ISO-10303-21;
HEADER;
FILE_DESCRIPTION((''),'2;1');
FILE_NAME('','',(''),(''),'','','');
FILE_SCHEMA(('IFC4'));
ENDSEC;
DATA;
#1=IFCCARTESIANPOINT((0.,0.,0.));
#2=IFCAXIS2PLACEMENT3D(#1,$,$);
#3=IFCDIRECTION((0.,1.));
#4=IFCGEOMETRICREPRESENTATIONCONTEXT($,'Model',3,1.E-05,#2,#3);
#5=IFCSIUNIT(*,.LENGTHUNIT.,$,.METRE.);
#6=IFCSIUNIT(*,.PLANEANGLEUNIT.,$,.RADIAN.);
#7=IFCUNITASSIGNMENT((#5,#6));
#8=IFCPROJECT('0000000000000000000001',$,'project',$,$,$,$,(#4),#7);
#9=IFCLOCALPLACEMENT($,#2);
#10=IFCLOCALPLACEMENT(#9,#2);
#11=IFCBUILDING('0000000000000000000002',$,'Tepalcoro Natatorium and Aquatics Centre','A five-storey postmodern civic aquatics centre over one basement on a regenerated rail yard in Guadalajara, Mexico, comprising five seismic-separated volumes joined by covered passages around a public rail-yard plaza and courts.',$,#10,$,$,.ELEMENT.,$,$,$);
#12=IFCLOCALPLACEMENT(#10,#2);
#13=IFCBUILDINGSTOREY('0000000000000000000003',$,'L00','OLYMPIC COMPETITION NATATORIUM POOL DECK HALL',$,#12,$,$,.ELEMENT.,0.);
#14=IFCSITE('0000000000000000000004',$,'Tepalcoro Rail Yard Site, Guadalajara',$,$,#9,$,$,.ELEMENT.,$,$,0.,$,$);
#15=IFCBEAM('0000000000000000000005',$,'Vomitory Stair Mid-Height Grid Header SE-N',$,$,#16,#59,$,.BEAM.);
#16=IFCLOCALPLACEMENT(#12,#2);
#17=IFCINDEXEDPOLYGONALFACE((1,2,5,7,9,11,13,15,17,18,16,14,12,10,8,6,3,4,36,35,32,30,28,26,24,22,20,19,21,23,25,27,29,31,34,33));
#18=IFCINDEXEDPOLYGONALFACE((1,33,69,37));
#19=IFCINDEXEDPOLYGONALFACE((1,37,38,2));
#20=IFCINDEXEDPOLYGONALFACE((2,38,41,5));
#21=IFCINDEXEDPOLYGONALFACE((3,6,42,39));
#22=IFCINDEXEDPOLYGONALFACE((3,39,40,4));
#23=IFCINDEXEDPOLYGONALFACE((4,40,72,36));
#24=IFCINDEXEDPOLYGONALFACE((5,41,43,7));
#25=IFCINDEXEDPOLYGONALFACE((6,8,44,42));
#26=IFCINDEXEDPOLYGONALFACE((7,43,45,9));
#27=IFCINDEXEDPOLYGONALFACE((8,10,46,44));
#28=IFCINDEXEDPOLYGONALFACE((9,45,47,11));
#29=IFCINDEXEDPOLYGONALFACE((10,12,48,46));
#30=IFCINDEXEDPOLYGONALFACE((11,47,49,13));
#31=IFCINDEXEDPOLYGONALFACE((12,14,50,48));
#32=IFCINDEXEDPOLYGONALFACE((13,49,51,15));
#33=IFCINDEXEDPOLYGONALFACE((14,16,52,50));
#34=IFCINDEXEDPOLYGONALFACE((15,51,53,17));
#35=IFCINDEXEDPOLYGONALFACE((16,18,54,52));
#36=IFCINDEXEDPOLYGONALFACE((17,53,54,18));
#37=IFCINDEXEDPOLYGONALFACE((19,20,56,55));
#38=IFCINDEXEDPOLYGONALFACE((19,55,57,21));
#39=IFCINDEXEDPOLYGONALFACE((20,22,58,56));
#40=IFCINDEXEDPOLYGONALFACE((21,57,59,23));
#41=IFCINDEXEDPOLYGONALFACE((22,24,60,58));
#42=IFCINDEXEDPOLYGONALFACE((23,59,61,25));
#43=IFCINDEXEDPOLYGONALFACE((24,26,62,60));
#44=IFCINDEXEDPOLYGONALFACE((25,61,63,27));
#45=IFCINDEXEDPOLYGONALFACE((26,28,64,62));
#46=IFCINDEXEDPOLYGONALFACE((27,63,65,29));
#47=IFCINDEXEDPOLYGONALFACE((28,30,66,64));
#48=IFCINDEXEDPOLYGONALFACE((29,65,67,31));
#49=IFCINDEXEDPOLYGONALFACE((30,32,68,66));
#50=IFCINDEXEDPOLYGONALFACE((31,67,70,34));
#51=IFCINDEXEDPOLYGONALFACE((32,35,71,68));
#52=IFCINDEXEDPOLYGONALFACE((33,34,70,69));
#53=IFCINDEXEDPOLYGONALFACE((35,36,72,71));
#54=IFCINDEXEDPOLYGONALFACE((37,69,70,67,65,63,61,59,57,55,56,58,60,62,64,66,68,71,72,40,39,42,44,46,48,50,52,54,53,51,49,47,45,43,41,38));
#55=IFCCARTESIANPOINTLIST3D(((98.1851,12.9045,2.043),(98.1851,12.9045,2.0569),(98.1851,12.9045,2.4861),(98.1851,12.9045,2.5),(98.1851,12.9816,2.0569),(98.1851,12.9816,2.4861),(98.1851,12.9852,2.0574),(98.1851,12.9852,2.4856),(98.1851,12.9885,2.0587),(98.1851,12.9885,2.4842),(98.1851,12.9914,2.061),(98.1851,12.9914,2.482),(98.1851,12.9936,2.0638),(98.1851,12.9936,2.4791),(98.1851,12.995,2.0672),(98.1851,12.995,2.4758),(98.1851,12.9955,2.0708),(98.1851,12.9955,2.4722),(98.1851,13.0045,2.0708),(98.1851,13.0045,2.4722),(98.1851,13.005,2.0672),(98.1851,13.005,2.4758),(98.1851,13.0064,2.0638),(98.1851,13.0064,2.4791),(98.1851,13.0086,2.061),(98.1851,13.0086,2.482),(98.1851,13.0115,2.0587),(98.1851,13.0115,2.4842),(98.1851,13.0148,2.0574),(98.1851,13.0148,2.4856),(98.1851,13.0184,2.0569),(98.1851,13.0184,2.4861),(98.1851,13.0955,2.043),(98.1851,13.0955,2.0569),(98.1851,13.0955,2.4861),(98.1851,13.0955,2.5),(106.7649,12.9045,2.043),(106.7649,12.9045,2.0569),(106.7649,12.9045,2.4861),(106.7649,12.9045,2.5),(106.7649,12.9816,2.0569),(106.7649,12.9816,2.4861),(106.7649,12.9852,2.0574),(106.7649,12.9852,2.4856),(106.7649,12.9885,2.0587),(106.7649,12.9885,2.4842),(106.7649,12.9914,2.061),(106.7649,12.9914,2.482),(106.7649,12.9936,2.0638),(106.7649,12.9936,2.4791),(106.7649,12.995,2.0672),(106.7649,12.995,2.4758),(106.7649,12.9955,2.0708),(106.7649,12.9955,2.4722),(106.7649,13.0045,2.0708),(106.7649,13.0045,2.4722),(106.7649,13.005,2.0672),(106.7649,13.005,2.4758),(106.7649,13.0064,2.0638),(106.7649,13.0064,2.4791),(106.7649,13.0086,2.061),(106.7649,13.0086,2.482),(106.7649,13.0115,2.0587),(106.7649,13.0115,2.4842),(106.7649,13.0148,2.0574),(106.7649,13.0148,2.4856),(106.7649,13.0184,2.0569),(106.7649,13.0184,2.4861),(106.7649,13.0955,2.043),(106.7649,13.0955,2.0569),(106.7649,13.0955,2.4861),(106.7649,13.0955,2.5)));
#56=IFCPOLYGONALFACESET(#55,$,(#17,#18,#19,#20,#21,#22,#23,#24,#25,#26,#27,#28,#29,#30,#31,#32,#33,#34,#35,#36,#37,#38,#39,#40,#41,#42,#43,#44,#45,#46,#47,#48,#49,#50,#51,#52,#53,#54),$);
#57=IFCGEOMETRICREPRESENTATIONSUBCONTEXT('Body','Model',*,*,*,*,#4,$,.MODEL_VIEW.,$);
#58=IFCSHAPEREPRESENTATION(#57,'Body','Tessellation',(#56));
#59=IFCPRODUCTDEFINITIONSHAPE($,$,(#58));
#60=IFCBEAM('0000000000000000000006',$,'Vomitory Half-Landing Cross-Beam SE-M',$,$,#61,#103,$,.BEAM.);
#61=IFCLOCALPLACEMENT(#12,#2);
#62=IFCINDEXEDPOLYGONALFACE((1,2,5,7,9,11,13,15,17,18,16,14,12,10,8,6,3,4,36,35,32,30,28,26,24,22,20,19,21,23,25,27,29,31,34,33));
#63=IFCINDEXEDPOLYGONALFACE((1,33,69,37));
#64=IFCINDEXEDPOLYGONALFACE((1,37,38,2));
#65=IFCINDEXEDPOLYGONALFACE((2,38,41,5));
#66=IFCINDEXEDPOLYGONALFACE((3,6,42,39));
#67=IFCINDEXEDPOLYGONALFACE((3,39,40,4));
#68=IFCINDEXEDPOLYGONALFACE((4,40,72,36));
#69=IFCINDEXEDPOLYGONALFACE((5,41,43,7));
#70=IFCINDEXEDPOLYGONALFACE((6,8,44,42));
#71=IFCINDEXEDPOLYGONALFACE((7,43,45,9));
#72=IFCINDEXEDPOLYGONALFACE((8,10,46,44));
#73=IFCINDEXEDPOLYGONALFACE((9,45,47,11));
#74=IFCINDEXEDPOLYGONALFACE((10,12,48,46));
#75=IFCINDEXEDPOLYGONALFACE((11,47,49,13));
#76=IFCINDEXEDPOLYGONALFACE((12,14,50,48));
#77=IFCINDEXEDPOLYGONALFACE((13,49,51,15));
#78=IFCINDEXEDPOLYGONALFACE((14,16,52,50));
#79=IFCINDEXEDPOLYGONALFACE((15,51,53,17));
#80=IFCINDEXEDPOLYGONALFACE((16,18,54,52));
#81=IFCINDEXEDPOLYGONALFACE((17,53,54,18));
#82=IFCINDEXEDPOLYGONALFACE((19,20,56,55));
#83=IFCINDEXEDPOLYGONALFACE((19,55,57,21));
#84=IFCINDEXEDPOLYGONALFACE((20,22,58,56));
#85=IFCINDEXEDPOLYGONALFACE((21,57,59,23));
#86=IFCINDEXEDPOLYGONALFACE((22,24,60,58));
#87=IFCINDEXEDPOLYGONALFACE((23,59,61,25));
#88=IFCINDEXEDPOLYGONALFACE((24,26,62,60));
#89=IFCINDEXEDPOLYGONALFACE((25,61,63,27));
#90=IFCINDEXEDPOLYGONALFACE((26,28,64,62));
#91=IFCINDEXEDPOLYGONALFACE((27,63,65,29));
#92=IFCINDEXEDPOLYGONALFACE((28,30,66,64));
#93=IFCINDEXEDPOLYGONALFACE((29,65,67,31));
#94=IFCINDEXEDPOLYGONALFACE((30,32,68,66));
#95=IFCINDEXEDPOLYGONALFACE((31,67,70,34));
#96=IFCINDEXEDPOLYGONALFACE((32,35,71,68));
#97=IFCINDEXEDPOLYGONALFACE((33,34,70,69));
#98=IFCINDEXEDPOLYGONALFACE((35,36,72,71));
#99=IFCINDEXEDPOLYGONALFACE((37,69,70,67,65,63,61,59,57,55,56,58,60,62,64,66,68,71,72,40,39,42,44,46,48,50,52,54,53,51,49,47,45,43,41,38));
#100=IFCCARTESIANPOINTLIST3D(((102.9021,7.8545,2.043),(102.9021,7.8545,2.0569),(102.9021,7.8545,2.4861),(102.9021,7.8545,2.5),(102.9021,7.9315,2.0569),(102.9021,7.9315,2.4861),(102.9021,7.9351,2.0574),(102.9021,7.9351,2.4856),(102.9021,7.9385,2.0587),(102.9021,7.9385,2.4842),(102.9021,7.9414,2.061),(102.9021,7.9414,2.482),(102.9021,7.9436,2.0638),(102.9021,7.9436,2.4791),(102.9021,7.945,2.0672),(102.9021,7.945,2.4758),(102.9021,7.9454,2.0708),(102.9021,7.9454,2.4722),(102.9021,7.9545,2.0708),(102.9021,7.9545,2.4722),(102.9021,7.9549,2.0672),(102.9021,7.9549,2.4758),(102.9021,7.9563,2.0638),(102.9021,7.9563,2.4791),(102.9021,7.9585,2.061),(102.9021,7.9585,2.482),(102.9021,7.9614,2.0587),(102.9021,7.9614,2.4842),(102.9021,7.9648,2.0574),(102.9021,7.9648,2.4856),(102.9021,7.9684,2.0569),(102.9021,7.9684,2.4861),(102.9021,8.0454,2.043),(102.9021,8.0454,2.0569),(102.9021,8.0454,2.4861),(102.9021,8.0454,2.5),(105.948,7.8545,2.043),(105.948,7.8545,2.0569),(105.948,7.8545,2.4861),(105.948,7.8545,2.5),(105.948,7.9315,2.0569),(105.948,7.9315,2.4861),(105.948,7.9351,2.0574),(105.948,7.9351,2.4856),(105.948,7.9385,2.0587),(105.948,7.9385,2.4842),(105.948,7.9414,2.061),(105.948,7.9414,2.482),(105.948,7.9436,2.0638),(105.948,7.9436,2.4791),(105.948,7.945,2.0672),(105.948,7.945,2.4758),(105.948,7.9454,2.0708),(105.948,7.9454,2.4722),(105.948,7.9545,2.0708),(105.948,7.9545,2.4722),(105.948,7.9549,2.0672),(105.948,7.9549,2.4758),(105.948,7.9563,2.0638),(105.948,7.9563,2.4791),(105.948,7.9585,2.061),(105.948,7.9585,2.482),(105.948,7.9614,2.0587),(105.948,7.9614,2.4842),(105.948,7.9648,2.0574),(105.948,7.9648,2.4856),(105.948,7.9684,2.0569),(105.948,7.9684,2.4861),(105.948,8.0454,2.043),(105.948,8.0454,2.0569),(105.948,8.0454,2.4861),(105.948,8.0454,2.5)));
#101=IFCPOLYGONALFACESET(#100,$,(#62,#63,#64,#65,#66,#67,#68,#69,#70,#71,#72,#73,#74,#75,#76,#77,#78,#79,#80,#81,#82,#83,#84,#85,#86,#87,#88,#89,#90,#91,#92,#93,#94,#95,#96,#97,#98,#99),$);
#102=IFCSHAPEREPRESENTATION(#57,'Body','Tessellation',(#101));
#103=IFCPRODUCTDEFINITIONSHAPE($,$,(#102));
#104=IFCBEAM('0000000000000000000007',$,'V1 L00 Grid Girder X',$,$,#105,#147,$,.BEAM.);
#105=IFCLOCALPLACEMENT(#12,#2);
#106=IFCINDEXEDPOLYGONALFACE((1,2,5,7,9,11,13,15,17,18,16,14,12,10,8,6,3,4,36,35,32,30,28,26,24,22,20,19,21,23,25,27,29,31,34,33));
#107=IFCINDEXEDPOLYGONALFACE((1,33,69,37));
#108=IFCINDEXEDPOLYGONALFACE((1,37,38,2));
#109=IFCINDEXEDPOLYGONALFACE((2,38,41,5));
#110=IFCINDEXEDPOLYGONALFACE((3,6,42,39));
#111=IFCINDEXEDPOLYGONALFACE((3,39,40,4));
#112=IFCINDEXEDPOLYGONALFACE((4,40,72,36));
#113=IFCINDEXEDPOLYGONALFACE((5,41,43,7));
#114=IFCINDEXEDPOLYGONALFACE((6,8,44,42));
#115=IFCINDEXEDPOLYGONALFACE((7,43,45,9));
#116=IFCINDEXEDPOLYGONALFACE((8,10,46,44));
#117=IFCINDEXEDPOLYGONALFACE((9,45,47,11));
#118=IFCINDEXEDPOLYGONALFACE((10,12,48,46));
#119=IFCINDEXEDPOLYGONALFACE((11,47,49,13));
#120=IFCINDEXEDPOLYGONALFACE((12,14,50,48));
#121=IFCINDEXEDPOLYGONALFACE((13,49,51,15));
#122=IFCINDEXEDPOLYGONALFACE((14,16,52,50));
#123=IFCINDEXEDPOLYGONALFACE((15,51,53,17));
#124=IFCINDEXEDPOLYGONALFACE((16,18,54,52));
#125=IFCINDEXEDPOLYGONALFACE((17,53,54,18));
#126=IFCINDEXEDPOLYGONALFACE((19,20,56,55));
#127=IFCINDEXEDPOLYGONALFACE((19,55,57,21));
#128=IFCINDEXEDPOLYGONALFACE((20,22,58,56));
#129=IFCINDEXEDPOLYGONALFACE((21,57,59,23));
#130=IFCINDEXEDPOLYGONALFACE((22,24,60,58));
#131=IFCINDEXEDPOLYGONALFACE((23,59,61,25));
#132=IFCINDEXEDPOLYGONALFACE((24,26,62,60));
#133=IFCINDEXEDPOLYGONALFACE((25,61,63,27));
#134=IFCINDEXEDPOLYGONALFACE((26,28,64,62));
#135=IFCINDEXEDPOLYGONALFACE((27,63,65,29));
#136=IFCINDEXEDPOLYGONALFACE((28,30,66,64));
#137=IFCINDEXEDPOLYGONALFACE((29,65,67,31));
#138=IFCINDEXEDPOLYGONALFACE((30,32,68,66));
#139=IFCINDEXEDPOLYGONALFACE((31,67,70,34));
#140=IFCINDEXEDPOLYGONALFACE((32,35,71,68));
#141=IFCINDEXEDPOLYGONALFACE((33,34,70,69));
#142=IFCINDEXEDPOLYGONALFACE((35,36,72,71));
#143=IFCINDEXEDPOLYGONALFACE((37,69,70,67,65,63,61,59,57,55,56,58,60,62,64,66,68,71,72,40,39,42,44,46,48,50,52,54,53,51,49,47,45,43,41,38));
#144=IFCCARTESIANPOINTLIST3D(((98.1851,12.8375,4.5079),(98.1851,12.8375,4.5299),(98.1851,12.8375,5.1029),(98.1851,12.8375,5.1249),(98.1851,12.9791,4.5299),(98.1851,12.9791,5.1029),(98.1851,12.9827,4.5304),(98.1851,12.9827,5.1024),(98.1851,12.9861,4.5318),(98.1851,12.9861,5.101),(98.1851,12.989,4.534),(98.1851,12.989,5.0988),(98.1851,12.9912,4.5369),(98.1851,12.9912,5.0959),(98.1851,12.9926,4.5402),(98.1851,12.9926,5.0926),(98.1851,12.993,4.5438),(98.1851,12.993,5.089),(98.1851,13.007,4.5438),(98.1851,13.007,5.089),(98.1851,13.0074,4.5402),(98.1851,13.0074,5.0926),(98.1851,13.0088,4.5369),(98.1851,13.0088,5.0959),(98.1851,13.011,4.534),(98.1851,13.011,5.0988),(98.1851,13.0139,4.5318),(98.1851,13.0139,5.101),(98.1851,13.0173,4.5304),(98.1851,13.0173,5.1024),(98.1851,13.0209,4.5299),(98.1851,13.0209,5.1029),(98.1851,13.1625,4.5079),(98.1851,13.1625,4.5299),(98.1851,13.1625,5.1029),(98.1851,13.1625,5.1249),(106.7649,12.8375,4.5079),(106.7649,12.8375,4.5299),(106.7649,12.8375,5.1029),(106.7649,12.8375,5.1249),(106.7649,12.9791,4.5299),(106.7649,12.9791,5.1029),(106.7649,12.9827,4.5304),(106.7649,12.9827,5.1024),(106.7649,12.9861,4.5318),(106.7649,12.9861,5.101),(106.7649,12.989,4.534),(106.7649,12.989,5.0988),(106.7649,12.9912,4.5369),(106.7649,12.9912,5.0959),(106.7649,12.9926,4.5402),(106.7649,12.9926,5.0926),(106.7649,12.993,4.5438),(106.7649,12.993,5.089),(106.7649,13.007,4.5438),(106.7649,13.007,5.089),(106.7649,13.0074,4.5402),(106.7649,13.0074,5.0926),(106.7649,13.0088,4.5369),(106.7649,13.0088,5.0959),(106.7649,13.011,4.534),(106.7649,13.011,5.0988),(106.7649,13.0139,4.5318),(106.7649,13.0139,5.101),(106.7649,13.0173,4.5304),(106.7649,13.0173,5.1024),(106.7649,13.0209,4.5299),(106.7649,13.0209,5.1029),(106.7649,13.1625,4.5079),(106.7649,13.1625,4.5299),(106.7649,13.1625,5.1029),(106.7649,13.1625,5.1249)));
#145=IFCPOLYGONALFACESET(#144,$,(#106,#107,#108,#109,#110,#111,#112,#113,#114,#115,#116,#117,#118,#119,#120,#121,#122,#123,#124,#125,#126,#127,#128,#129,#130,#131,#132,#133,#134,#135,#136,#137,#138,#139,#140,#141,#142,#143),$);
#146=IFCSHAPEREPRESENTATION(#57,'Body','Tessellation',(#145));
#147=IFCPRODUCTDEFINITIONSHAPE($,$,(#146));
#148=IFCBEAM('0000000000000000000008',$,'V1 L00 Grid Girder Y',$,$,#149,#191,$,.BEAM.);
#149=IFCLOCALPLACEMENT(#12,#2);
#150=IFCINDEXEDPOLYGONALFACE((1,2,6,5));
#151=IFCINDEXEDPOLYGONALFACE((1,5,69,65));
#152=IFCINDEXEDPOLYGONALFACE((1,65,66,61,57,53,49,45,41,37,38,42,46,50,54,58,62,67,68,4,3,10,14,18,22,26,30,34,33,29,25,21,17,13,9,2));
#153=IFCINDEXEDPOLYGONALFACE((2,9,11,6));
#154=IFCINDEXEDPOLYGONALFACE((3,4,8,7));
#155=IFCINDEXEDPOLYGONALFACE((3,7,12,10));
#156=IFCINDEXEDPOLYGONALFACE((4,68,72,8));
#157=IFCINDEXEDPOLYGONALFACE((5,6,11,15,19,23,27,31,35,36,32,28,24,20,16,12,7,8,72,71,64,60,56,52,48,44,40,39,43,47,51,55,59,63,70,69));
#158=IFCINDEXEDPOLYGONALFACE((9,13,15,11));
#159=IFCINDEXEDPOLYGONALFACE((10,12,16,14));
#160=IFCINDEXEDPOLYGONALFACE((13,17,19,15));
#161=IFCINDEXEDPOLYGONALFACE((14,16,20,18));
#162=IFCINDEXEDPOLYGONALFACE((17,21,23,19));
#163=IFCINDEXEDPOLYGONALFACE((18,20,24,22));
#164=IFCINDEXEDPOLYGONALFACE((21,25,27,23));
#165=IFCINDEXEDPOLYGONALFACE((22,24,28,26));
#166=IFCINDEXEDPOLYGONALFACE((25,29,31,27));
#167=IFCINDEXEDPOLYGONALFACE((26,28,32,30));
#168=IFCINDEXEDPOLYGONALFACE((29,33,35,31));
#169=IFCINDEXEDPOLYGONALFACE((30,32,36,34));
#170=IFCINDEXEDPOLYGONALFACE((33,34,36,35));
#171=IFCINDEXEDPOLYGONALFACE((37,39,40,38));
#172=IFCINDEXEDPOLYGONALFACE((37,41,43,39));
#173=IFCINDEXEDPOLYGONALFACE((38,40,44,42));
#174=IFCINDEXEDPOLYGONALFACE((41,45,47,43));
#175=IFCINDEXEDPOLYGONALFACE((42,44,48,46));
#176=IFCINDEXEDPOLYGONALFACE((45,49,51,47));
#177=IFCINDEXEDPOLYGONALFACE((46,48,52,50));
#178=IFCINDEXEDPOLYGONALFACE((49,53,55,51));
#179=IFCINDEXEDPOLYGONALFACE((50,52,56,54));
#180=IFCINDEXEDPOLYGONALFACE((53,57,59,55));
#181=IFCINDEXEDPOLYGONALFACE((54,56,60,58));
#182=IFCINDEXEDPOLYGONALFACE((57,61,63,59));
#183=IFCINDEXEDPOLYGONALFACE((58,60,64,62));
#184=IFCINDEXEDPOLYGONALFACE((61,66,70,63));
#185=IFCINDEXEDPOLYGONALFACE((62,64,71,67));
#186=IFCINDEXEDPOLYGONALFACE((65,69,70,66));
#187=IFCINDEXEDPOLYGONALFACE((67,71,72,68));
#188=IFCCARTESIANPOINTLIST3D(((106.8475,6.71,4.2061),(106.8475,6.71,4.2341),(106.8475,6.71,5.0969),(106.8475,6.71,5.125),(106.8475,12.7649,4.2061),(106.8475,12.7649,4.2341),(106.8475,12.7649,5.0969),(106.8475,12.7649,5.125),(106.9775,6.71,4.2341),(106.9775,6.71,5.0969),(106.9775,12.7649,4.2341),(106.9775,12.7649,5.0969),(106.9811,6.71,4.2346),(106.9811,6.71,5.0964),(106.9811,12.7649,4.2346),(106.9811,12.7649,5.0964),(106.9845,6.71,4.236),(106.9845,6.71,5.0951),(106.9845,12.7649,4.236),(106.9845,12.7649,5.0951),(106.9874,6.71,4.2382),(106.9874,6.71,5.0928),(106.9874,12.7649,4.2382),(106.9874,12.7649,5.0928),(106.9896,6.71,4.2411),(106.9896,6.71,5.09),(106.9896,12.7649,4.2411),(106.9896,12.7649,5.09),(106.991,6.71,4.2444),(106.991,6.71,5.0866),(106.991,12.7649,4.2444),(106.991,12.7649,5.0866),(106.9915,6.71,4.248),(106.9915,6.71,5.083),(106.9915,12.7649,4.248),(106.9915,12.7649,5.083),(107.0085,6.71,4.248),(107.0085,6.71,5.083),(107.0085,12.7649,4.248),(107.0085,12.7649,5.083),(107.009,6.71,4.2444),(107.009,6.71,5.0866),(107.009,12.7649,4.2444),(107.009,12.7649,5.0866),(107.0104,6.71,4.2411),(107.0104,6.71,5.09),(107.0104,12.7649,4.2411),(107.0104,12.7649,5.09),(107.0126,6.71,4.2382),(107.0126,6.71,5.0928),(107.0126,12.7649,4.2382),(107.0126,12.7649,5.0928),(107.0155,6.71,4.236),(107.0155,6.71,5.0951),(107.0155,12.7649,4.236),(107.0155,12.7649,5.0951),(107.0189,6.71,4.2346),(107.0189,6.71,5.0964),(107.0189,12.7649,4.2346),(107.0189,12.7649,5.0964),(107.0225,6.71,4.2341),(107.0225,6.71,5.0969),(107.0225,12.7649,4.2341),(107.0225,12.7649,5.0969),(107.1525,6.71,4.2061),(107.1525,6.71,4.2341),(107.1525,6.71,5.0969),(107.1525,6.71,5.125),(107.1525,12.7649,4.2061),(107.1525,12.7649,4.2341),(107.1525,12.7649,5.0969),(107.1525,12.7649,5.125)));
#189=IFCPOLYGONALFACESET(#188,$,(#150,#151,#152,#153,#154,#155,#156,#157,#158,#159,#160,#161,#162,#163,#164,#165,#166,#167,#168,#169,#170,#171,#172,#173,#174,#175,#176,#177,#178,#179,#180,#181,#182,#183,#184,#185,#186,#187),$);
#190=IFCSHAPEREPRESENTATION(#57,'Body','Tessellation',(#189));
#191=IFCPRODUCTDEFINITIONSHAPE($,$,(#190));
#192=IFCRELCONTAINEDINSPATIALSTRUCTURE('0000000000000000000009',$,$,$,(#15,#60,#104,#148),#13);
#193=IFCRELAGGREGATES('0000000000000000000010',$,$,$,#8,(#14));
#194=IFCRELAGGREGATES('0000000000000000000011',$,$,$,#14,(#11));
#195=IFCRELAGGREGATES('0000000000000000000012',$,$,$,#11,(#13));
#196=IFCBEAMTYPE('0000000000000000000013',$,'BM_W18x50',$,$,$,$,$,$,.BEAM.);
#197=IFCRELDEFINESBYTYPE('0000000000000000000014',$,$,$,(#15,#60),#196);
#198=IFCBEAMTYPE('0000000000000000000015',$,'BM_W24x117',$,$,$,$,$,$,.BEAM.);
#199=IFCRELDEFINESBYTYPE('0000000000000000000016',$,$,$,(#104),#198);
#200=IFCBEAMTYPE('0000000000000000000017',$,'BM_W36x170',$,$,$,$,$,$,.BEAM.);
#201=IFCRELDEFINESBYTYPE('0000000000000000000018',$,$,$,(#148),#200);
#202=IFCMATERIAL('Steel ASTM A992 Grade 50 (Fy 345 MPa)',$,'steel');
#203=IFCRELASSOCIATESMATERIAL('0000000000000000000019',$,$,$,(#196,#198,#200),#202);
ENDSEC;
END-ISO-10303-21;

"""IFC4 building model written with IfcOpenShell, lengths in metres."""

from ifc_helpers import new_model, si_unit, direction, frame, origin, origin_2d, place, context, subcontext, project, spatial, i_section, extrude, material, material_profile, profile_set, type_object, element, save


model = new_model("IFC4")

# Units and contexts
model_context = context("Model", 3, precision=1e-05, world=origin(), true_north=direction((0.0, 1.0)))
body_context = subcontext(model_context, "Body", "Model", "MODEL_VIEW")
ifc_project = project(units=[si_unit("LENGTHUNIT", "METRE"), si_unit("PLANEANGLEUNIT", "RADIAN")], contexts=[model_context])

# Site, building, storey
site_placement = place(None, origin())
site = spatial("IfcSite", under=ifc_project, at=site_placement, Name="Tepalcoro Rail Yard Site, Guadalajara", CompositionType="ELEMENT", RefElevation=0.0)
building_placement = place(site_placement, origin())
building = spatial("IfcBuilding", under=site, at=building_placement, Name="Tepalcoro Natatorium and Aquatics Centre", Description="A five-storey postmodern civic aquatics centre over one basement on a regenerated rail yard in Guadalajara, Mexico, comprising five seismic-separated volumes joined by covered passages around a public rail-yard plaza and courts.", CompositionType="ELEMENT")
storey_placement = place(building_placement, origin())
storey = spatial("IfcBuildingStorey", under=building, at=storey_placement, Name="L00", Description="OLYMPIC COMPETITION NATATORIUM POOL DECK HALL", CompositionType="ELEMENT", Elevation=0.0)

# Beams
ifc_material_1 = material(Name="Steel ASTM A992 Grade 50 (Fy 345 MPa)", Category="steel")
ifc_material_profile_1 = material_profile(ifc_material_1, i_section(OverallWidth=0.1909, OverallDepth=0.457, WebThickness=0.009, FlangeThickness=0.0139, FilletRadius=0.0139, at=origin_2d()), Name="W18X50")
ifc_profile_set_1 = profile_set([ifc_material_profile_1], Name="Steel ASTM A992 Grade 50 (Fy 345 MPa)")
beam_type_1 = type_object("IfcBeamType", Name="BM_W18x50", PredefinedType="BEAM", material=ifc_profile_set_1)
beam_1_placement = place(storey_placement, frame((98.1851, 13.0, 2.2715), z_axis=(1.0, 0.0, 0.0), x_axis=(0.0, 1.0, 0.0)))
element("IfcBeam", 1, at=beam_1_placement, inside=storey, type_object=beam_type_1, Name="Vomitory Stair Mid-Height Grid Header SE-N", PredefinedType="BEAM", context=body_context, shape_type="SweptSolid", body=[
    extrude(i_section(OverallWidth=0.1909, OverallDepth=0.457, WebThickness=0.009, FlangeThickness=0.0139, FilletRadius=0.0139, at=origin_2d()), origin(), (0.0, 0.0, 1.0), 8.5798),
])
beam_2_placement = place(storey_placement, frame((102.9021, 7.95, 2.2715), z_axis=(1.0, 0.0, 0.0), x_axis=(0.0, 1.0, 0.0)))
element("IfcBeam", 2, at=beam_2_placement, inside=storey, type_object=beam_type_1, Name="Vomitory Half-Landing Cross-Beam SE-M", PredefinedType="BEAM", context=body_context, shape_type="SweptSolid", body=[
    extrude(i_section(OverallWidth=0.1909, OverallDepth=0.457, WebThickness=0.009, FlangeThickness=0.0139, FilletRadius=0.0139, at=origin_2d()), origin(), (0.0, 0.0, 1.0), 3.0459),
])
ifc_material_profile_2 = material_profile(ifc_material_1, i_section(OverallWidth=0.325, OverallDepth=0.6169, WebThickness=0.0139, FlangeThickness=0.022, FilletRadius=0.0139, at=origin_2d()), Name="W24X117")
ifc_profile_set_2 = profile_set([ifc_material_profile_2], Name="Steel ASTM A992 Grade 50 (Fy 345 MPa)")
beam_type_2 = type_object("IfcBeamType", Name="BM_W24x117", PredefinedType="BEAM", material=ifc_profile_set_2)
beam_3_placement = place(storey_placement, frame((98.1851, 13.0, 4.8164), z_axis=(1.0, 0.0, 0.0), x_axis=(0.0, 1.0, 0.0)))
element("IfcBeam", 3, at=beam_3_placement, inside=storey, type_object=beam_type_2, Name="V1 L00 Grid Girder X", PredefinedType="BEAM", context=body_context, shape_type="SweptSolid", body=[
    extrude(i_section(OverallWidth=0.325, OverallDepth=0.6169, WebThickness=0.0139, FlangeThickness=0.022, FilletRadius=0.0139, at=origin_2d()), origin(), (0.0, 0.0, 1.0), 8.5798),
])
ifc_material_profile_3 = material_profile(ifc_material_1, i_section(OverallWidth=0.3049, OverallDepth=0.9189, WebThickness=0.0171, FlangeThickness=0.0281, FilletRadius=0.0139, at=origin_2d()), Name="W36X170")
ifc_profile_set_3 = profile_set([ifc_material_profile_3], Name="Steel ASTM A992 Grade 50 (Fy 345 MPa)")
beam_type_3 = type_object("IfcBeamType", Name="BM_W36x170", PredefinedType="BEAM", material=ifc_profile_set_3)
beam_4_placement = place(storey_placement, frame((107.0, 6.71, 4.6655), z_axis=(0.0, 1.0, 0.0), x_axis=(-1.0, 0.0, 0.0)))
element("IfcBeam", 4, at=beam_4_placement, inside=storey, type_object=beam_type_3, Name="V1 L00 Grid Girder Y", PredefinedType="BEAM", context=body_context, shape_type="SweptSolid", body=[
    extrude(i_section(OverallWidth=0.3049, OverallDepth=0.9189, WebThickness=0.0171, FlangeThickness=0.0281, FilletRadius=0.0139, at=origin_2d()), origin(), (0.0, 0.0, 1.0), 6.0549),
])

save(model, "model.ifc")
